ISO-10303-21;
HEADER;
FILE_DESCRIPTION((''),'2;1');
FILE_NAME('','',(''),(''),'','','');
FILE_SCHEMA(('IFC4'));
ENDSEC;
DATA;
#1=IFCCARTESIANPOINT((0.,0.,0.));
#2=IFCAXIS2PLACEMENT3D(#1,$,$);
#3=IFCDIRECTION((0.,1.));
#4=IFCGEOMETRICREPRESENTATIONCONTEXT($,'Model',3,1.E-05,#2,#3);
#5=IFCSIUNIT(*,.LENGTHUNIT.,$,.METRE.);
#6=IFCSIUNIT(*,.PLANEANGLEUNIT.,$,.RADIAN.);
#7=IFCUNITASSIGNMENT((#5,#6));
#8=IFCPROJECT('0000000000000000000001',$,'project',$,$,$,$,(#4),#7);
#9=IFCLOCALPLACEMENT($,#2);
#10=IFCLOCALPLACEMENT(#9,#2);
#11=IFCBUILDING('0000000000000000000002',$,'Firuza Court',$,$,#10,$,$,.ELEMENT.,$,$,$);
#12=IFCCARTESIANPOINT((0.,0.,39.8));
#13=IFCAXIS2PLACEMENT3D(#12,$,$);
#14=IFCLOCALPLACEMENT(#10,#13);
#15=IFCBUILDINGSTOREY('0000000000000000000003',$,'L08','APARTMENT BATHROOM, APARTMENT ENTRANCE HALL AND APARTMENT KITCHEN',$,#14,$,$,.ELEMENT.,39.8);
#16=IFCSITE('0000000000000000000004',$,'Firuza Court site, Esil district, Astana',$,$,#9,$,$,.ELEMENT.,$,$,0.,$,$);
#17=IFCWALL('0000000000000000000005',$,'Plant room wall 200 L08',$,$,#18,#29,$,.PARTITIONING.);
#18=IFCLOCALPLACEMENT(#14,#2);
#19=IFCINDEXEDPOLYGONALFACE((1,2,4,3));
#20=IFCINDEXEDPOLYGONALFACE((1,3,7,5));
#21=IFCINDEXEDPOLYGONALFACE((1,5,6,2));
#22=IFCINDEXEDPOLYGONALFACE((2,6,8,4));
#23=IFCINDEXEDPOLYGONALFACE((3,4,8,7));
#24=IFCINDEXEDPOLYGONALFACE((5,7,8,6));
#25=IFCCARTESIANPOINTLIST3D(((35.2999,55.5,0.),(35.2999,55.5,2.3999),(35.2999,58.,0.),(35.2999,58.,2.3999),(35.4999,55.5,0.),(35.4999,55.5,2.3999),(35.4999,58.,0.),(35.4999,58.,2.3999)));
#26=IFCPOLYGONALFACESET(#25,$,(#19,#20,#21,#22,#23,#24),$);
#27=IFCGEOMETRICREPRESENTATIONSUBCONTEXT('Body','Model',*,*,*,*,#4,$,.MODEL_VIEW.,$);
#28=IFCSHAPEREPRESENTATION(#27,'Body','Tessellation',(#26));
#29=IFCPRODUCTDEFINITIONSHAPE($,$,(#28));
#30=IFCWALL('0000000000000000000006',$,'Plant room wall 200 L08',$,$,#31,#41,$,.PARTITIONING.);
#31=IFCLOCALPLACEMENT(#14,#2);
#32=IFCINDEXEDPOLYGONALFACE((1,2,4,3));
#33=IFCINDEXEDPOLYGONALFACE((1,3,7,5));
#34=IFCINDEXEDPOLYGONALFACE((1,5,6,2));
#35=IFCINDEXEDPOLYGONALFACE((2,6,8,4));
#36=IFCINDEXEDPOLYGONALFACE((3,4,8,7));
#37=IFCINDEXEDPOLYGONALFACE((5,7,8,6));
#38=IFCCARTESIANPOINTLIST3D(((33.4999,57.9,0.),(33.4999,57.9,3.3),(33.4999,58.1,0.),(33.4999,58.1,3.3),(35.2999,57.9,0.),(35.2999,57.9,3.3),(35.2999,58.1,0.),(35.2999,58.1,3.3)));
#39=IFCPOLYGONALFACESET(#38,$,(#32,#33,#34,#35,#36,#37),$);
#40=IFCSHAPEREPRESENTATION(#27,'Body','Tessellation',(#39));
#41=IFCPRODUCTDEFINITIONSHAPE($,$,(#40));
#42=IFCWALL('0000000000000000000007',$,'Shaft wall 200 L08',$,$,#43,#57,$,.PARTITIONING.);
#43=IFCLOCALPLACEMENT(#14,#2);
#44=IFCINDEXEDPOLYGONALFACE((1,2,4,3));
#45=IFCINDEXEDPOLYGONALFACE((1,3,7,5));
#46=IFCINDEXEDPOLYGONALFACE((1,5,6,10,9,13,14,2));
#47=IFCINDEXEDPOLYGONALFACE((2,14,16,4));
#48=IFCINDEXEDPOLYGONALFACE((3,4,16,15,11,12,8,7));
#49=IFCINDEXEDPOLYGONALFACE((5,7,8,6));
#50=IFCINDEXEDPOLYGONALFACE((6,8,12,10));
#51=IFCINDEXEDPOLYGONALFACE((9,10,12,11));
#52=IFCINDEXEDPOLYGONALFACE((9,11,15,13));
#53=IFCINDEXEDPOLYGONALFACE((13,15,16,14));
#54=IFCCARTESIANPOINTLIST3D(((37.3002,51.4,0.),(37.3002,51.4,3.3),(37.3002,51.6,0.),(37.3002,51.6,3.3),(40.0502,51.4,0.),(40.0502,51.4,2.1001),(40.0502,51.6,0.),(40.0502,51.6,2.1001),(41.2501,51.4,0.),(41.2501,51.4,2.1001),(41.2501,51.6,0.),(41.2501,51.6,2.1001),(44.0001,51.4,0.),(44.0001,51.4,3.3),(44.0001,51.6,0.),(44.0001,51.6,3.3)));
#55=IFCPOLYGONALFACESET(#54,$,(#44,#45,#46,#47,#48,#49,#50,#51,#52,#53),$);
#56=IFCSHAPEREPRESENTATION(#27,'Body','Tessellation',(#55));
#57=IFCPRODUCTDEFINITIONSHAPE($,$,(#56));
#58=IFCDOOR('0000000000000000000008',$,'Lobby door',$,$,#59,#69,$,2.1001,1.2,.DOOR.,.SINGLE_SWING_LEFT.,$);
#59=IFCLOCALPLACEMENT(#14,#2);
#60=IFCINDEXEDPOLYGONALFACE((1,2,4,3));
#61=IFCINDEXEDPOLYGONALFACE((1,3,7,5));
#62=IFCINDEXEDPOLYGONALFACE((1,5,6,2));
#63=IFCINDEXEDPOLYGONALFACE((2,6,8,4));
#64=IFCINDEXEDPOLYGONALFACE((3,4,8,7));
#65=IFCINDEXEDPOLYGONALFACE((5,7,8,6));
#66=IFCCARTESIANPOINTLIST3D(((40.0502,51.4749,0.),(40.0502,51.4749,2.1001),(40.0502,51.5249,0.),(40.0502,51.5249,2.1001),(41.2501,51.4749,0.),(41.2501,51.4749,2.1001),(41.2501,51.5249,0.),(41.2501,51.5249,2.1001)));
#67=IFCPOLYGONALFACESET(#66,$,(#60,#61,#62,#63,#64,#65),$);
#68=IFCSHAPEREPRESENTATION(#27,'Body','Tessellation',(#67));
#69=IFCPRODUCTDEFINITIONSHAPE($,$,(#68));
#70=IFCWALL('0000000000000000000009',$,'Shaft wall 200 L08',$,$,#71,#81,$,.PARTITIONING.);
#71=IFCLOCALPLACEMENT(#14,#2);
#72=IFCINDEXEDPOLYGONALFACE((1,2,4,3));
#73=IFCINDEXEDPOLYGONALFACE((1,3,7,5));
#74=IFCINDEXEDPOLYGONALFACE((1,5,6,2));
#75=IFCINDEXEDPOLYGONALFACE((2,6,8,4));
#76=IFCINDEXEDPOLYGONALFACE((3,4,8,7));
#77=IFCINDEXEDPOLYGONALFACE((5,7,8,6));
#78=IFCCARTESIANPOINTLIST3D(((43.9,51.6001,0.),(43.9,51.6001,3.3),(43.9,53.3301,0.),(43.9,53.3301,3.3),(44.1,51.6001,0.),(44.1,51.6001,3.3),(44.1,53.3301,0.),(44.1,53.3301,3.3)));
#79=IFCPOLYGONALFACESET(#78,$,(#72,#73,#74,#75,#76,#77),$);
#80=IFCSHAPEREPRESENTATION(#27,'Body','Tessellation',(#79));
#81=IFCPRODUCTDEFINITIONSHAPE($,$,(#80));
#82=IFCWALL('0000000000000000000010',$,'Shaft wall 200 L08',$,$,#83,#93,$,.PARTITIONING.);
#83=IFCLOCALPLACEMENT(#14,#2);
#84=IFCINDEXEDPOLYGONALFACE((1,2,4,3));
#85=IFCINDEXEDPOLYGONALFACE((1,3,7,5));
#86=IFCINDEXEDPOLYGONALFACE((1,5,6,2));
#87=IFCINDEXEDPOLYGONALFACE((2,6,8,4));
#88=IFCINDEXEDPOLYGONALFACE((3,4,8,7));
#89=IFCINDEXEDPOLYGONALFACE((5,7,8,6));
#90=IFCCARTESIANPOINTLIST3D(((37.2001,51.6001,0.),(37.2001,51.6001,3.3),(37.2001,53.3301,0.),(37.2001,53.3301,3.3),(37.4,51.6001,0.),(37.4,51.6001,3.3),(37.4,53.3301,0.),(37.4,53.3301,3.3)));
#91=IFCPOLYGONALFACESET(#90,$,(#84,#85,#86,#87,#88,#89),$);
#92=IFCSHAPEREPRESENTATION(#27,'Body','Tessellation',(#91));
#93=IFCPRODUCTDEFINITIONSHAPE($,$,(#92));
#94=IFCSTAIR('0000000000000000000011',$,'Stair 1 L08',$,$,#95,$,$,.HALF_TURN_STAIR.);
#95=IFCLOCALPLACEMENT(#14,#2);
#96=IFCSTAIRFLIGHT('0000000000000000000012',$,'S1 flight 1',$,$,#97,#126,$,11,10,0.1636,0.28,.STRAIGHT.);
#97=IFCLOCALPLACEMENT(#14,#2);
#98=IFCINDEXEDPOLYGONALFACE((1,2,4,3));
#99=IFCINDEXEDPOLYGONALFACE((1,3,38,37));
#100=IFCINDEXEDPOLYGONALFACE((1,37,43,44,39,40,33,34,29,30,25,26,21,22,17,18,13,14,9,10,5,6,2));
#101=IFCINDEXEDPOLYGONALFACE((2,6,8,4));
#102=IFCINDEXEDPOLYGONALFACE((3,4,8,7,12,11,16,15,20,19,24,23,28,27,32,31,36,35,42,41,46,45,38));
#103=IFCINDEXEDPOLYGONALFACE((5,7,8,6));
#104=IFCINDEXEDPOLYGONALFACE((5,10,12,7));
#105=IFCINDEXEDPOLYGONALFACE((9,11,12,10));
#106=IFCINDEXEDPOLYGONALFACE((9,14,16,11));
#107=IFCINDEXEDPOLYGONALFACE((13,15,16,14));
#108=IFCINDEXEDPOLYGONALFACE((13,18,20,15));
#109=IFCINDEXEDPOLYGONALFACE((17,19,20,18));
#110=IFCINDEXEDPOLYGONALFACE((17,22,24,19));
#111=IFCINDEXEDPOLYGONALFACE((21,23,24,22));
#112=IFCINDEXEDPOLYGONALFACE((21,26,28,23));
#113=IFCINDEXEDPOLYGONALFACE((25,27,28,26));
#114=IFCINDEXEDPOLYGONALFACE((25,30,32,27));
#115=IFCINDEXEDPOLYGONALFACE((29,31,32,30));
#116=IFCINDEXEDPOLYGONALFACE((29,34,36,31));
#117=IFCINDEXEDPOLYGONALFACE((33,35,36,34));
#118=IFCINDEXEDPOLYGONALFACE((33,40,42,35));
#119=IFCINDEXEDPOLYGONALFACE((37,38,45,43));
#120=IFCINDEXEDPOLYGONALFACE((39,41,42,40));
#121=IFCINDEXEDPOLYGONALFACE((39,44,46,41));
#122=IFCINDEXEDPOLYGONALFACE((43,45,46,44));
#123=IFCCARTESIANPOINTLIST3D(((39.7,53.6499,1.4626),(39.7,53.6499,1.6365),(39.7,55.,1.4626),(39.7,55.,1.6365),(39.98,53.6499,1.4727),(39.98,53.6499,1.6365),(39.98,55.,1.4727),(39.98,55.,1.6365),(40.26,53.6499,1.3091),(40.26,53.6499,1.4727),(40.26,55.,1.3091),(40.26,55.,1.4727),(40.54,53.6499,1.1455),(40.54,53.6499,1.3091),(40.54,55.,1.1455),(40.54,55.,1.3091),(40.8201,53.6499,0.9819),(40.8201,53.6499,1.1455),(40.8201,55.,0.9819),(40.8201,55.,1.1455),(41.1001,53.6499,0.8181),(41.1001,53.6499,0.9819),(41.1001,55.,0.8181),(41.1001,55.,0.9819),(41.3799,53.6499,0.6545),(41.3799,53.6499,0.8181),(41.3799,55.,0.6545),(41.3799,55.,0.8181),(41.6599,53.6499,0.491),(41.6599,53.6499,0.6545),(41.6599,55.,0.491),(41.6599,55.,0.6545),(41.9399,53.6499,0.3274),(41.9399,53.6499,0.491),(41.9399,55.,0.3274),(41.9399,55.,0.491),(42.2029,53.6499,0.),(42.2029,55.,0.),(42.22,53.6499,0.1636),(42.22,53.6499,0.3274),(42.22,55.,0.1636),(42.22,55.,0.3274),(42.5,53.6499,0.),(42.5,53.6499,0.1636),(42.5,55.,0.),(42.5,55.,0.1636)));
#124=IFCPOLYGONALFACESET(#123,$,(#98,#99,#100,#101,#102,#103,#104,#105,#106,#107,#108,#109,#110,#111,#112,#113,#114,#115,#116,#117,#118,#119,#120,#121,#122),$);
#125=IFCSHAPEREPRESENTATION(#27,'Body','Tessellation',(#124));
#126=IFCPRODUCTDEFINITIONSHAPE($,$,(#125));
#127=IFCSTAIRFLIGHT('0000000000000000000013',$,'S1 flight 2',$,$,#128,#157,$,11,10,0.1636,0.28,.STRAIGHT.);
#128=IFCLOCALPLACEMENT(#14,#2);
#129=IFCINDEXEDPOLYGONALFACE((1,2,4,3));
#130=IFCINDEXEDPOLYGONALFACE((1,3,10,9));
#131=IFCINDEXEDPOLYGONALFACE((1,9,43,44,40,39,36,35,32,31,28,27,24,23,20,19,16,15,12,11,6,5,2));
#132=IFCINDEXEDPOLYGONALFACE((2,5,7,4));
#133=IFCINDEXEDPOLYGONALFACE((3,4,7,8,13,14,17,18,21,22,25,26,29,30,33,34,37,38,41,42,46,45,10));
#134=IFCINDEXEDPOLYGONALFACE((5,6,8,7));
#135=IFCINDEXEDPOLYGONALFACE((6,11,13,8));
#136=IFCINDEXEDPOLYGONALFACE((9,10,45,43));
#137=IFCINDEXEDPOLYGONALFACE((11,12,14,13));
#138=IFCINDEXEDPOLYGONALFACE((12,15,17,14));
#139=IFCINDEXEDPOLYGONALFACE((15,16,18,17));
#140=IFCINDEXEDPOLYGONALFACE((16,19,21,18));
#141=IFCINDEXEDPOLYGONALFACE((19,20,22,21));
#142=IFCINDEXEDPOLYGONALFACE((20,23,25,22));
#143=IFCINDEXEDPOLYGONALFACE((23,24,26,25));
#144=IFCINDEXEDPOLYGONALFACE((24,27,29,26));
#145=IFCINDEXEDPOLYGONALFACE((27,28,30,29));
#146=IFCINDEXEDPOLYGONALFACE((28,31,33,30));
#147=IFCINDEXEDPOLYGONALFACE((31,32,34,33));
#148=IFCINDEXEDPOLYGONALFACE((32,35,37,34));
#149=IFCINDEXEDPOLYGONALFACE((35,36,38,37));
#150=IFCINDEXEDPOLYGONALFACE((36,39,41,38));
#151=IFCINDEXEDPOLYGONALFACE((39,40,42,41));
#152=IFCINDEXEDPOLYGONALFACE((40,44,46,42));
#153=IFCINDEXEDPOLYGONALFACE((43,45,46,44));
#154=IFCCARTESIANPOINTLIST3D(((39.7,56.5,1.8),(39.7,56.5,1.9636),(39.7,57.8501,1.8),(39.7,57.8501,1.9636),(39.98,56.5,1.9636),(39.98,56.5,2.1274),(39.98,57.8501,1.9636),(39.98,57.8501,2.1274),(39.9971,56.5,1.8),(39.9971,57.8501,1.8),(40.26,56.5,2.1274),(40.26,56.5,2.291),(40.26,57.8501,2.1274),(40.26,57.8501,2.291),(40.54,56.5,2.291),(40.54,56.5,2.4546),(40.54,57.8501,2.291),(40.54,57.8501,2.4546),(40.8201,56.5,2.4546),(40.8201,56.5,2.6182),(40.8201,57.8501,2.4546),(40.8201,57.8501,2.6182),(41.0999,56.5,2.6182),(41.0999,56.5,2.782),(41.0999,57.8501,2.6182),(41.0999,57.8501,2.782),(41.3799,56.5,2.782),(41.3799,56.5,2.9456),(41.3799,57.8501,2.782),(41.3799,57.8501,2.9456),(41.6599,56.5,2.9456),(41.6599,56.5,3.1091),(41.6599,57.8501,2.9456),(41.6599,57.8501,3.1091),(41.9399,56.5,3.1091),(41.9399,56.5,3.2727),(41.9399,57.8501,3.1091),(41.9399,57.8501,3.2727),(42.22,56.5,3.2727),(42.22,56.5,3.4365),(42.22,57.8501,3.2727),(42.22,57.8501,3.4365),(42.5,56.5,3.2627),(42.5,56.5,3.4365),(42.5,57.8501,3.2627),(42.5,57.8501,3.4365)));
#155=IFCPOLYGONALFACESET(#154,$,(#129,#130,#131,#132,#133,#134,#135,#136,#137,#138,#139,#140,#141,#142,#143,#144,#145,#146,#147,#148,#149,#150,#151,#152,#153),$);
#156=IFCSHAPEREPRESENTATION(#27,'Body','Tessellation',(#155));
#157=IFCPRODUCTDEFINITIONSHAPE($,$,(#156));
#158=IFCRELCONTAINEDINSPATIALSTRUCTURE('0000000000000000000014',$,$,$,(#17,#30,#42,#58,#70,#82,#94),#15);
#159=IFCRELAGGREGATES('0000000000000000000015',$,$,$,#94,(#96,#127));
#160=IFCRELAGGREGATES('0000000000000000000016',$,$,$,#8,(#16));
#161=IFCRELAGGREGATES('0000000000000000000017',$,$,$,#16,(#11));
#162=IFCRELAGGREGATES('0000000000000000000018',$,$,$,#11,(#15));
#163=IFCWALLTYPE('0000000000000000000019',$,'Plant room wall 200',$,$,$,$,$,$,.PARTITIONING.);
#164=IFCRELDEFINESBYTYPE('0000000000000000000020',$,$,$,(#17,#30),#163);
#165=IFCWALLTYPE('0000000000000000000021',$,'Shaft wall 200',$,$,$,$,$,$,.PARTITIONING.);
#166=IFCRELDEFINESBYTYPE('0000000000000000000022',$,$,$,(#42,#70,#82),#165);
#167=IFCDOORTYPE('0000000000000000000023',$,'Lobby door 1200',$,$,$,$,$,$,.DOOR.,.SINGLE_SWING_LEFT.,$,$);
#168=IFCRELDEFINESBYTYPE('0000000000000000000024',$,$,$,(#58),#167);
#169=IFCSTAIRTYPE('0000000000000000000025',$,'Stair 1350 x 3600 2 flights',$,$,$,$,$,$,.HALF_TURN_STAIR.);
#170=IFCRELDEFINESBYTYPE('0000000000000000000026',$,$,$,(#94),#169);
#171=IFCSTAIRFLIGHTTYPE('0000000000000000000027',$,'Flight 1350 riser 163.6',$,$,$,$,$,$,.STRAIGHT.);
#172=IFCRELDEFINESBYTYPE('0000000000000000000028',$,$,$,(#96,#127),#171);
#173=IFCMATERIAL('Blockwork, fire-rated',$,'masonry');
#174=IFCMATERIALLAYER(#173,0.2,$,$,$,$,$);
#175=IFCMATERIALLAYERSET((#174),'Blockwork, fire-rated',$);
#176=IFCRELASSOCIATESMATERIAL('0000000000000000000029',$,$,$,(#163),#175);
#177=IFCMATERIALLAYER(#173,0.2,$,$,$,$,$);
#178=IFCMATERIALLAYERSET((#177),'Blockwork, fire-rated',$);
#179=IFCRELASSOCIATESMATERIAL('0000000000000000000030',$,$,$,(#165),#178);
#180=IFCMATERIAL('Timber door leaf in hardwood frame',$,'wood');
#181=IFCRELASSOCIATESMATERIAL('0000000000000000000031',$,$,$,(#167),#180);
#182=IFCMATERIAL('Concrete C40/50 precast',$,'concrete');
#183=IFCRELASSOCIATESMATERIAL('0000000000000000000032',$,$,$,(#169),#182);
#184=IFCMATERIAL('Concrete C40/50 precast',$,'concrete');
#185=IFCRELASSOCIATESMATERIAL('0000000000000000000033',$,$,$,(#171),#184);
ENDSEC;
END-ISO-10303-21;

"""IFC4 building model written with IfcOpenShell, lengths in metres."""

from ifc_helpers import new_model, si_unit, direction, frame, frame_2d, origin, place, context, subcontext, project, spatial, polyline, rectangle, outline, extrude, material, layer, layer_set, type_object, element, fill, aggregate, save


model = new_model("IFC4")

# Units and contexts
model_context = context("Model", 3, precision=1e-05, world=origin(), true_north=direction((0.0, 1.0)))
body_context = subcontext(model_context, "Body", "Model", "MODEL_VIEW")
ifc_project = project(units=[si_unit("LENGTHUNIT", "METRE"), si_unit("PLANEANGLEUNIT", "RADIAN")], contexts=[model_context])

# Site, building, storey
site_placement = place(None, origin())
site = spatial("IfcSite", under=ifc_project, at=site_placement, Name="Firuza Court site, Esil district, Astana", CompositionType="ELEMENT", RefElevation=0.0)
building_placement = place(site_placement, origin())
building = spatial("IfcBuilding", under=site, at=building_placement, Name="Firuza Court", CompositionType="ELEMENT")
storey_placement = place(building_placement, frame((0.0, 0.0, 39.8)))
storey = spatial("IfcBuildingStorey", under=building, at=storey_placement, Name="L08", Description="APARTMENT BATHROOM, APARTMENT ENTRANCE HALL AND APARTMENT KITCHEN", CompositionType="ELEMENT", Elevation=39.8)

# Shared definitions
ifc_material_1 = material(Name="Blockwork, fire-rated", Category="masonry")
ifc_layer_1 = layer(ifc_material_1, 0.2)
ifc_layer_set_1 = layer_set([ifc_layer_1], Name="Blockwork, fire-rated")
wall_type_1 = type_object("IfcWallType", Name="Plant room wall 200", PredefinedType="PARTITIONING", material=ifc_layer_set_1)

# Walls
wall_1_placement = place(storey_placement, frame((35.3999, 55.5, 0.0), z_axis=(0.0, 0.0, 1.0), x_axis=(0.0, 1.0, 0.0)))
element("IfcWall", 1, at=wall_1_placement, inside=storey, type_object=wall_type_1, Name="Plant room wall 200 L08", PredefinedType="PARTITIONING", context=body_context, shape_type="SweptSolid", body=[
    extrude(rectangle(XDim=2.5, YDim=0.2, at=frame_2d((1.25, 0.0))), origin(), (0.0, 0.0, 1.0), 2.3999),
])
wall_2_placement = place(storey_placement, frame((33.5, 58.0, 0.0), z_axis=(0.0, 0.0, 1.0), x_axis=(1.0, 0.0, 0.0)))
element("IfcWall", 2, at=wall_2_placement, inside=storey, type_object=wall_type_1, Name="Plant room wall 200 L08", PredefinedType="PARTITIONING", context=body_context, shape_type="SweptSolid", body=[
    extrude(rectangle(XDim=1.8, YDim=0.2, at=frame_2d((0.8999, 0.0))), origin(), (0.0, 0.0, 1.0), 3.3),
])

# Wall, opening, door
ifc_layer_2 = layer(ifc_material_1, 0.2)
ifc_layer_set_2 = layer_set([ifc_layer_2], Name="Blockwork, fire-rated")
wall_type_2 = type_object("IfcWallType", Name="Shaft wall 200", PredefinedType="PARTITIONING", material=ifc_layer_set_2)
wall_3_placement = place(storey_placement, frame((37.3, 51.5, 0.0), z_axis=(0.0, 0.0, 1.0), x_axis=(1.0, 0.0, 0.0)))
wall_3 = element("IfcWall", 3, at=wall_3_placement, inside=storey, type_object=wall_type_2, Name="Shaft wall 200 L08", PredefinedType="PARTITIONING", context=body_context, shape_type="SweptSolid", body=[
    extrude(rectangle(XDim=6.7, YDim=0.2, at=frame_2d((3.3501, 0.0))), origin(), (0.0, 0.0, 1.0), 3.3),
])
opening_1_placement = place(wall_3_placement, frame((2.75, 0.0, 0.0)))
opening_1 = element("IfcOpeningElement", 4, at=opening_1_placement, cuts=wall_3, PredefinedType="OPENING", context=body_context, shape_type="SweptSolid", body=[
    extrude(rectangle(XDim=1.2, YDim=2.1001, at=frame_2d((0.6001, 1.05))), frame((0.0, 0.1118, 0.0), z_axis=(0.0, -1.0, 0.0), x_axis=(1.0, 0.0, 0.0)), (0.0, 0.0, 1.0), 0.2239),
])
ifc_material_2 = material(Name="Timber door leaf in hardwood frame", Category="wood")
door_type_1 = type_object("IfcDoorType", Name="Lobby door 1200", OperationType="SINGLE_SWING_LEFT", PredefinedType="DOOR", material=ifc_material_2)
door_1_placement = place(opening_1_placement, origin())
door_1 = element("IfcDoor", 5, at=door_1_placement, inside=storey, type_object=door_type_1, Name="Lobby door", OperationType="SINGLE_SWING_LEFT", OverallHeight=2.1001, OverallWidth=1.2, PredefinedType="DOOR", context=body_context, shape_type="SweptSolid", body=[
    extrude(rectangle(XDim=1.2, YDim=2.1001, at=frame_2d((0.6001, 1.05))), frame((0.0, 0.0249, 0.0), z_axis=(0.0, -1.0, 0.0), x_axis=(1.0, 0.0, 0.0)), (0.0, 0.0, 1.0), 0.05),
])
fill(opening_1, door_1)

# Walls
for number, where, z_axis, x_axis, name in (
    (6, (44.0, 51.6001, 0.0), (0.0, 0.0, 1.0), (0.0, 1.0, 0.0), "Shaft wall 200 L08"),
    (7, (37.3, 51.6001, 0.0), (0.0, 0.0, 1.0), (0.0, 1.0, 0.0), "Shaft wall 200 L08"),
):
    element("IfcWall", number, at=place(storey_placement, frame(where, z_axis=z_axis, x_axis=x_axis)), inside=storey, type_object=wall_type_2, Name=name, PredefinedType="PARTITIONING", context=body_context, shape_type="SweptSolid", body=[
        extrude(rectangle(XDim=1.73, YDim=0.2, at=frame_2d((0.865, 0.0))), origin(), (0.0, 0.0, 1.0), 3.3),
    ])

# Stair, stair flights
ifc_material_3 = material(Name="Concrete C40/50 precast", Category="concrete")
stair_type = type_object("IfcStairType", Name="Stair 1350 x 3600 2 flights", PredefinedType="HALF_TURN_STAIR", material=ifc_material_3)
stair_placement = place(storey_placement, origin())
stair = element("IfcStair", 8, at=stair_placement, inside=storey, type_object=stair_type, Name="Stair 1 L08", PredefinedType="HALF_TURN_STAIR")
ifc_material_4 = material(Name="Concrete C40/50 precast", Category="concrete")
stair_flight_type = type_object("IfcStairFlightType", Name="Flight 1350 riser 163.6", PredefinedType="STRAIGHT", material=ifc_material_4)
stair_flight_1_placement = place(storey_placement, frame((42.5, 54.325, 0.0), z_axis=(0.0, 0.0, 1.0), x_axis=(-1.0, 0.0, 0.0)))
stair_flight_1 = element("IfcStairFlight", 9, at=stair_flight_1_placement, type_object=stair_flight_type, Name="S1 flight 1", NumberOfRisers=11, NumberOfTreads=10, PredefinedType="STRAIGHT", RiserHeight=0.1636, TreadLength=0.28, context=body_context, shape_type="SweptSolid", body=[
    extrude(outline(polyline([(0.0, 0.0), (0.0, 0.1636), (0.28, 0.1636), (0.28, 0.3274), (0.5601, 0.3274), (0.5601, 0.491), (0.8401, 0.491), (0.8401, 0.6545), (1.1201, 0.6545), (1.1201, 0.8181), (1.3999, 0.8181), (1.3999, 0.9819), (1.6799, 0.9819), (1.6799, 1.1455), (1.96, 1.1455), (1.96, 1.3091), (2.24, 1.3091), (2.24, 1.4727), (2.52, 1.4727), (2.52, 1.6365), (2.8, 1.6365), (2.8, 1.8), (2.8, 1.4626), (0.2971, 0.0), (0.0, 0.0)])), frame((0.0, 0.675, 0.0), z_axis=(0.0, -1.0, 0.0), x_axis=(1.0, 0.0, 0.0)), (0.0, 0.0, 1.0), 1.3501),
])
stair_flight_2_placement = place(storey_placement, frame((39.7, 57.175, 1.8), z_axis=(0.0, 0.0, 1.0), x_axis=(1.0, 0.0, 0.0)))
stair_flight_2 = element("IfcStairFlight", 10, at=stair_flight_2_placement, type_object=stair_flight_type, Name="S1 flight 2", NumberOfRisers=11, NumberOfTreads=10, PredefinedType="STRAIGHT", RiserHeight=0.1636, TreadLength=0.28, context=body_context, shape_type="SweptSolid", body=[
    extrude(outline(polyline([(0.0, 0.0), (0.0, 0.1636), (0.28, 0.1636), (0.28, 0.3274), (0.5601, 0.3274), (0.5601, 0.491), (0.8401, 0.491), (0.8401, 0.6545), (1.1201, 0.6545), (1.1201, 0.8181), (1.3999, 0.8181), (1.3999, 0.9819), (1.6799, 0.9819), (1.6799, 1.1455), (1.96, 1.1455), (1.96, 1.3091), (2.24, 1.3091), (2.24, 1.4727), (2.52, 1.4727), (2.52, 1.6365), (2.8, 1.6365), (2.8, 1.8), (2.8, 1.4626), (0.2971, 0.0), (0.0, 0.0)])), frame((0.0, 0.675, 0.0), z_axis=(0.0, -1.0, 0.0), x_axis=(1.0, 0.0, 0.0)), (0.0, 0.0, 1.0), 1.3501),
])
aggregate(stair, [stair_flight_1, stair_flight_2])

save(model, "model.ifc")
